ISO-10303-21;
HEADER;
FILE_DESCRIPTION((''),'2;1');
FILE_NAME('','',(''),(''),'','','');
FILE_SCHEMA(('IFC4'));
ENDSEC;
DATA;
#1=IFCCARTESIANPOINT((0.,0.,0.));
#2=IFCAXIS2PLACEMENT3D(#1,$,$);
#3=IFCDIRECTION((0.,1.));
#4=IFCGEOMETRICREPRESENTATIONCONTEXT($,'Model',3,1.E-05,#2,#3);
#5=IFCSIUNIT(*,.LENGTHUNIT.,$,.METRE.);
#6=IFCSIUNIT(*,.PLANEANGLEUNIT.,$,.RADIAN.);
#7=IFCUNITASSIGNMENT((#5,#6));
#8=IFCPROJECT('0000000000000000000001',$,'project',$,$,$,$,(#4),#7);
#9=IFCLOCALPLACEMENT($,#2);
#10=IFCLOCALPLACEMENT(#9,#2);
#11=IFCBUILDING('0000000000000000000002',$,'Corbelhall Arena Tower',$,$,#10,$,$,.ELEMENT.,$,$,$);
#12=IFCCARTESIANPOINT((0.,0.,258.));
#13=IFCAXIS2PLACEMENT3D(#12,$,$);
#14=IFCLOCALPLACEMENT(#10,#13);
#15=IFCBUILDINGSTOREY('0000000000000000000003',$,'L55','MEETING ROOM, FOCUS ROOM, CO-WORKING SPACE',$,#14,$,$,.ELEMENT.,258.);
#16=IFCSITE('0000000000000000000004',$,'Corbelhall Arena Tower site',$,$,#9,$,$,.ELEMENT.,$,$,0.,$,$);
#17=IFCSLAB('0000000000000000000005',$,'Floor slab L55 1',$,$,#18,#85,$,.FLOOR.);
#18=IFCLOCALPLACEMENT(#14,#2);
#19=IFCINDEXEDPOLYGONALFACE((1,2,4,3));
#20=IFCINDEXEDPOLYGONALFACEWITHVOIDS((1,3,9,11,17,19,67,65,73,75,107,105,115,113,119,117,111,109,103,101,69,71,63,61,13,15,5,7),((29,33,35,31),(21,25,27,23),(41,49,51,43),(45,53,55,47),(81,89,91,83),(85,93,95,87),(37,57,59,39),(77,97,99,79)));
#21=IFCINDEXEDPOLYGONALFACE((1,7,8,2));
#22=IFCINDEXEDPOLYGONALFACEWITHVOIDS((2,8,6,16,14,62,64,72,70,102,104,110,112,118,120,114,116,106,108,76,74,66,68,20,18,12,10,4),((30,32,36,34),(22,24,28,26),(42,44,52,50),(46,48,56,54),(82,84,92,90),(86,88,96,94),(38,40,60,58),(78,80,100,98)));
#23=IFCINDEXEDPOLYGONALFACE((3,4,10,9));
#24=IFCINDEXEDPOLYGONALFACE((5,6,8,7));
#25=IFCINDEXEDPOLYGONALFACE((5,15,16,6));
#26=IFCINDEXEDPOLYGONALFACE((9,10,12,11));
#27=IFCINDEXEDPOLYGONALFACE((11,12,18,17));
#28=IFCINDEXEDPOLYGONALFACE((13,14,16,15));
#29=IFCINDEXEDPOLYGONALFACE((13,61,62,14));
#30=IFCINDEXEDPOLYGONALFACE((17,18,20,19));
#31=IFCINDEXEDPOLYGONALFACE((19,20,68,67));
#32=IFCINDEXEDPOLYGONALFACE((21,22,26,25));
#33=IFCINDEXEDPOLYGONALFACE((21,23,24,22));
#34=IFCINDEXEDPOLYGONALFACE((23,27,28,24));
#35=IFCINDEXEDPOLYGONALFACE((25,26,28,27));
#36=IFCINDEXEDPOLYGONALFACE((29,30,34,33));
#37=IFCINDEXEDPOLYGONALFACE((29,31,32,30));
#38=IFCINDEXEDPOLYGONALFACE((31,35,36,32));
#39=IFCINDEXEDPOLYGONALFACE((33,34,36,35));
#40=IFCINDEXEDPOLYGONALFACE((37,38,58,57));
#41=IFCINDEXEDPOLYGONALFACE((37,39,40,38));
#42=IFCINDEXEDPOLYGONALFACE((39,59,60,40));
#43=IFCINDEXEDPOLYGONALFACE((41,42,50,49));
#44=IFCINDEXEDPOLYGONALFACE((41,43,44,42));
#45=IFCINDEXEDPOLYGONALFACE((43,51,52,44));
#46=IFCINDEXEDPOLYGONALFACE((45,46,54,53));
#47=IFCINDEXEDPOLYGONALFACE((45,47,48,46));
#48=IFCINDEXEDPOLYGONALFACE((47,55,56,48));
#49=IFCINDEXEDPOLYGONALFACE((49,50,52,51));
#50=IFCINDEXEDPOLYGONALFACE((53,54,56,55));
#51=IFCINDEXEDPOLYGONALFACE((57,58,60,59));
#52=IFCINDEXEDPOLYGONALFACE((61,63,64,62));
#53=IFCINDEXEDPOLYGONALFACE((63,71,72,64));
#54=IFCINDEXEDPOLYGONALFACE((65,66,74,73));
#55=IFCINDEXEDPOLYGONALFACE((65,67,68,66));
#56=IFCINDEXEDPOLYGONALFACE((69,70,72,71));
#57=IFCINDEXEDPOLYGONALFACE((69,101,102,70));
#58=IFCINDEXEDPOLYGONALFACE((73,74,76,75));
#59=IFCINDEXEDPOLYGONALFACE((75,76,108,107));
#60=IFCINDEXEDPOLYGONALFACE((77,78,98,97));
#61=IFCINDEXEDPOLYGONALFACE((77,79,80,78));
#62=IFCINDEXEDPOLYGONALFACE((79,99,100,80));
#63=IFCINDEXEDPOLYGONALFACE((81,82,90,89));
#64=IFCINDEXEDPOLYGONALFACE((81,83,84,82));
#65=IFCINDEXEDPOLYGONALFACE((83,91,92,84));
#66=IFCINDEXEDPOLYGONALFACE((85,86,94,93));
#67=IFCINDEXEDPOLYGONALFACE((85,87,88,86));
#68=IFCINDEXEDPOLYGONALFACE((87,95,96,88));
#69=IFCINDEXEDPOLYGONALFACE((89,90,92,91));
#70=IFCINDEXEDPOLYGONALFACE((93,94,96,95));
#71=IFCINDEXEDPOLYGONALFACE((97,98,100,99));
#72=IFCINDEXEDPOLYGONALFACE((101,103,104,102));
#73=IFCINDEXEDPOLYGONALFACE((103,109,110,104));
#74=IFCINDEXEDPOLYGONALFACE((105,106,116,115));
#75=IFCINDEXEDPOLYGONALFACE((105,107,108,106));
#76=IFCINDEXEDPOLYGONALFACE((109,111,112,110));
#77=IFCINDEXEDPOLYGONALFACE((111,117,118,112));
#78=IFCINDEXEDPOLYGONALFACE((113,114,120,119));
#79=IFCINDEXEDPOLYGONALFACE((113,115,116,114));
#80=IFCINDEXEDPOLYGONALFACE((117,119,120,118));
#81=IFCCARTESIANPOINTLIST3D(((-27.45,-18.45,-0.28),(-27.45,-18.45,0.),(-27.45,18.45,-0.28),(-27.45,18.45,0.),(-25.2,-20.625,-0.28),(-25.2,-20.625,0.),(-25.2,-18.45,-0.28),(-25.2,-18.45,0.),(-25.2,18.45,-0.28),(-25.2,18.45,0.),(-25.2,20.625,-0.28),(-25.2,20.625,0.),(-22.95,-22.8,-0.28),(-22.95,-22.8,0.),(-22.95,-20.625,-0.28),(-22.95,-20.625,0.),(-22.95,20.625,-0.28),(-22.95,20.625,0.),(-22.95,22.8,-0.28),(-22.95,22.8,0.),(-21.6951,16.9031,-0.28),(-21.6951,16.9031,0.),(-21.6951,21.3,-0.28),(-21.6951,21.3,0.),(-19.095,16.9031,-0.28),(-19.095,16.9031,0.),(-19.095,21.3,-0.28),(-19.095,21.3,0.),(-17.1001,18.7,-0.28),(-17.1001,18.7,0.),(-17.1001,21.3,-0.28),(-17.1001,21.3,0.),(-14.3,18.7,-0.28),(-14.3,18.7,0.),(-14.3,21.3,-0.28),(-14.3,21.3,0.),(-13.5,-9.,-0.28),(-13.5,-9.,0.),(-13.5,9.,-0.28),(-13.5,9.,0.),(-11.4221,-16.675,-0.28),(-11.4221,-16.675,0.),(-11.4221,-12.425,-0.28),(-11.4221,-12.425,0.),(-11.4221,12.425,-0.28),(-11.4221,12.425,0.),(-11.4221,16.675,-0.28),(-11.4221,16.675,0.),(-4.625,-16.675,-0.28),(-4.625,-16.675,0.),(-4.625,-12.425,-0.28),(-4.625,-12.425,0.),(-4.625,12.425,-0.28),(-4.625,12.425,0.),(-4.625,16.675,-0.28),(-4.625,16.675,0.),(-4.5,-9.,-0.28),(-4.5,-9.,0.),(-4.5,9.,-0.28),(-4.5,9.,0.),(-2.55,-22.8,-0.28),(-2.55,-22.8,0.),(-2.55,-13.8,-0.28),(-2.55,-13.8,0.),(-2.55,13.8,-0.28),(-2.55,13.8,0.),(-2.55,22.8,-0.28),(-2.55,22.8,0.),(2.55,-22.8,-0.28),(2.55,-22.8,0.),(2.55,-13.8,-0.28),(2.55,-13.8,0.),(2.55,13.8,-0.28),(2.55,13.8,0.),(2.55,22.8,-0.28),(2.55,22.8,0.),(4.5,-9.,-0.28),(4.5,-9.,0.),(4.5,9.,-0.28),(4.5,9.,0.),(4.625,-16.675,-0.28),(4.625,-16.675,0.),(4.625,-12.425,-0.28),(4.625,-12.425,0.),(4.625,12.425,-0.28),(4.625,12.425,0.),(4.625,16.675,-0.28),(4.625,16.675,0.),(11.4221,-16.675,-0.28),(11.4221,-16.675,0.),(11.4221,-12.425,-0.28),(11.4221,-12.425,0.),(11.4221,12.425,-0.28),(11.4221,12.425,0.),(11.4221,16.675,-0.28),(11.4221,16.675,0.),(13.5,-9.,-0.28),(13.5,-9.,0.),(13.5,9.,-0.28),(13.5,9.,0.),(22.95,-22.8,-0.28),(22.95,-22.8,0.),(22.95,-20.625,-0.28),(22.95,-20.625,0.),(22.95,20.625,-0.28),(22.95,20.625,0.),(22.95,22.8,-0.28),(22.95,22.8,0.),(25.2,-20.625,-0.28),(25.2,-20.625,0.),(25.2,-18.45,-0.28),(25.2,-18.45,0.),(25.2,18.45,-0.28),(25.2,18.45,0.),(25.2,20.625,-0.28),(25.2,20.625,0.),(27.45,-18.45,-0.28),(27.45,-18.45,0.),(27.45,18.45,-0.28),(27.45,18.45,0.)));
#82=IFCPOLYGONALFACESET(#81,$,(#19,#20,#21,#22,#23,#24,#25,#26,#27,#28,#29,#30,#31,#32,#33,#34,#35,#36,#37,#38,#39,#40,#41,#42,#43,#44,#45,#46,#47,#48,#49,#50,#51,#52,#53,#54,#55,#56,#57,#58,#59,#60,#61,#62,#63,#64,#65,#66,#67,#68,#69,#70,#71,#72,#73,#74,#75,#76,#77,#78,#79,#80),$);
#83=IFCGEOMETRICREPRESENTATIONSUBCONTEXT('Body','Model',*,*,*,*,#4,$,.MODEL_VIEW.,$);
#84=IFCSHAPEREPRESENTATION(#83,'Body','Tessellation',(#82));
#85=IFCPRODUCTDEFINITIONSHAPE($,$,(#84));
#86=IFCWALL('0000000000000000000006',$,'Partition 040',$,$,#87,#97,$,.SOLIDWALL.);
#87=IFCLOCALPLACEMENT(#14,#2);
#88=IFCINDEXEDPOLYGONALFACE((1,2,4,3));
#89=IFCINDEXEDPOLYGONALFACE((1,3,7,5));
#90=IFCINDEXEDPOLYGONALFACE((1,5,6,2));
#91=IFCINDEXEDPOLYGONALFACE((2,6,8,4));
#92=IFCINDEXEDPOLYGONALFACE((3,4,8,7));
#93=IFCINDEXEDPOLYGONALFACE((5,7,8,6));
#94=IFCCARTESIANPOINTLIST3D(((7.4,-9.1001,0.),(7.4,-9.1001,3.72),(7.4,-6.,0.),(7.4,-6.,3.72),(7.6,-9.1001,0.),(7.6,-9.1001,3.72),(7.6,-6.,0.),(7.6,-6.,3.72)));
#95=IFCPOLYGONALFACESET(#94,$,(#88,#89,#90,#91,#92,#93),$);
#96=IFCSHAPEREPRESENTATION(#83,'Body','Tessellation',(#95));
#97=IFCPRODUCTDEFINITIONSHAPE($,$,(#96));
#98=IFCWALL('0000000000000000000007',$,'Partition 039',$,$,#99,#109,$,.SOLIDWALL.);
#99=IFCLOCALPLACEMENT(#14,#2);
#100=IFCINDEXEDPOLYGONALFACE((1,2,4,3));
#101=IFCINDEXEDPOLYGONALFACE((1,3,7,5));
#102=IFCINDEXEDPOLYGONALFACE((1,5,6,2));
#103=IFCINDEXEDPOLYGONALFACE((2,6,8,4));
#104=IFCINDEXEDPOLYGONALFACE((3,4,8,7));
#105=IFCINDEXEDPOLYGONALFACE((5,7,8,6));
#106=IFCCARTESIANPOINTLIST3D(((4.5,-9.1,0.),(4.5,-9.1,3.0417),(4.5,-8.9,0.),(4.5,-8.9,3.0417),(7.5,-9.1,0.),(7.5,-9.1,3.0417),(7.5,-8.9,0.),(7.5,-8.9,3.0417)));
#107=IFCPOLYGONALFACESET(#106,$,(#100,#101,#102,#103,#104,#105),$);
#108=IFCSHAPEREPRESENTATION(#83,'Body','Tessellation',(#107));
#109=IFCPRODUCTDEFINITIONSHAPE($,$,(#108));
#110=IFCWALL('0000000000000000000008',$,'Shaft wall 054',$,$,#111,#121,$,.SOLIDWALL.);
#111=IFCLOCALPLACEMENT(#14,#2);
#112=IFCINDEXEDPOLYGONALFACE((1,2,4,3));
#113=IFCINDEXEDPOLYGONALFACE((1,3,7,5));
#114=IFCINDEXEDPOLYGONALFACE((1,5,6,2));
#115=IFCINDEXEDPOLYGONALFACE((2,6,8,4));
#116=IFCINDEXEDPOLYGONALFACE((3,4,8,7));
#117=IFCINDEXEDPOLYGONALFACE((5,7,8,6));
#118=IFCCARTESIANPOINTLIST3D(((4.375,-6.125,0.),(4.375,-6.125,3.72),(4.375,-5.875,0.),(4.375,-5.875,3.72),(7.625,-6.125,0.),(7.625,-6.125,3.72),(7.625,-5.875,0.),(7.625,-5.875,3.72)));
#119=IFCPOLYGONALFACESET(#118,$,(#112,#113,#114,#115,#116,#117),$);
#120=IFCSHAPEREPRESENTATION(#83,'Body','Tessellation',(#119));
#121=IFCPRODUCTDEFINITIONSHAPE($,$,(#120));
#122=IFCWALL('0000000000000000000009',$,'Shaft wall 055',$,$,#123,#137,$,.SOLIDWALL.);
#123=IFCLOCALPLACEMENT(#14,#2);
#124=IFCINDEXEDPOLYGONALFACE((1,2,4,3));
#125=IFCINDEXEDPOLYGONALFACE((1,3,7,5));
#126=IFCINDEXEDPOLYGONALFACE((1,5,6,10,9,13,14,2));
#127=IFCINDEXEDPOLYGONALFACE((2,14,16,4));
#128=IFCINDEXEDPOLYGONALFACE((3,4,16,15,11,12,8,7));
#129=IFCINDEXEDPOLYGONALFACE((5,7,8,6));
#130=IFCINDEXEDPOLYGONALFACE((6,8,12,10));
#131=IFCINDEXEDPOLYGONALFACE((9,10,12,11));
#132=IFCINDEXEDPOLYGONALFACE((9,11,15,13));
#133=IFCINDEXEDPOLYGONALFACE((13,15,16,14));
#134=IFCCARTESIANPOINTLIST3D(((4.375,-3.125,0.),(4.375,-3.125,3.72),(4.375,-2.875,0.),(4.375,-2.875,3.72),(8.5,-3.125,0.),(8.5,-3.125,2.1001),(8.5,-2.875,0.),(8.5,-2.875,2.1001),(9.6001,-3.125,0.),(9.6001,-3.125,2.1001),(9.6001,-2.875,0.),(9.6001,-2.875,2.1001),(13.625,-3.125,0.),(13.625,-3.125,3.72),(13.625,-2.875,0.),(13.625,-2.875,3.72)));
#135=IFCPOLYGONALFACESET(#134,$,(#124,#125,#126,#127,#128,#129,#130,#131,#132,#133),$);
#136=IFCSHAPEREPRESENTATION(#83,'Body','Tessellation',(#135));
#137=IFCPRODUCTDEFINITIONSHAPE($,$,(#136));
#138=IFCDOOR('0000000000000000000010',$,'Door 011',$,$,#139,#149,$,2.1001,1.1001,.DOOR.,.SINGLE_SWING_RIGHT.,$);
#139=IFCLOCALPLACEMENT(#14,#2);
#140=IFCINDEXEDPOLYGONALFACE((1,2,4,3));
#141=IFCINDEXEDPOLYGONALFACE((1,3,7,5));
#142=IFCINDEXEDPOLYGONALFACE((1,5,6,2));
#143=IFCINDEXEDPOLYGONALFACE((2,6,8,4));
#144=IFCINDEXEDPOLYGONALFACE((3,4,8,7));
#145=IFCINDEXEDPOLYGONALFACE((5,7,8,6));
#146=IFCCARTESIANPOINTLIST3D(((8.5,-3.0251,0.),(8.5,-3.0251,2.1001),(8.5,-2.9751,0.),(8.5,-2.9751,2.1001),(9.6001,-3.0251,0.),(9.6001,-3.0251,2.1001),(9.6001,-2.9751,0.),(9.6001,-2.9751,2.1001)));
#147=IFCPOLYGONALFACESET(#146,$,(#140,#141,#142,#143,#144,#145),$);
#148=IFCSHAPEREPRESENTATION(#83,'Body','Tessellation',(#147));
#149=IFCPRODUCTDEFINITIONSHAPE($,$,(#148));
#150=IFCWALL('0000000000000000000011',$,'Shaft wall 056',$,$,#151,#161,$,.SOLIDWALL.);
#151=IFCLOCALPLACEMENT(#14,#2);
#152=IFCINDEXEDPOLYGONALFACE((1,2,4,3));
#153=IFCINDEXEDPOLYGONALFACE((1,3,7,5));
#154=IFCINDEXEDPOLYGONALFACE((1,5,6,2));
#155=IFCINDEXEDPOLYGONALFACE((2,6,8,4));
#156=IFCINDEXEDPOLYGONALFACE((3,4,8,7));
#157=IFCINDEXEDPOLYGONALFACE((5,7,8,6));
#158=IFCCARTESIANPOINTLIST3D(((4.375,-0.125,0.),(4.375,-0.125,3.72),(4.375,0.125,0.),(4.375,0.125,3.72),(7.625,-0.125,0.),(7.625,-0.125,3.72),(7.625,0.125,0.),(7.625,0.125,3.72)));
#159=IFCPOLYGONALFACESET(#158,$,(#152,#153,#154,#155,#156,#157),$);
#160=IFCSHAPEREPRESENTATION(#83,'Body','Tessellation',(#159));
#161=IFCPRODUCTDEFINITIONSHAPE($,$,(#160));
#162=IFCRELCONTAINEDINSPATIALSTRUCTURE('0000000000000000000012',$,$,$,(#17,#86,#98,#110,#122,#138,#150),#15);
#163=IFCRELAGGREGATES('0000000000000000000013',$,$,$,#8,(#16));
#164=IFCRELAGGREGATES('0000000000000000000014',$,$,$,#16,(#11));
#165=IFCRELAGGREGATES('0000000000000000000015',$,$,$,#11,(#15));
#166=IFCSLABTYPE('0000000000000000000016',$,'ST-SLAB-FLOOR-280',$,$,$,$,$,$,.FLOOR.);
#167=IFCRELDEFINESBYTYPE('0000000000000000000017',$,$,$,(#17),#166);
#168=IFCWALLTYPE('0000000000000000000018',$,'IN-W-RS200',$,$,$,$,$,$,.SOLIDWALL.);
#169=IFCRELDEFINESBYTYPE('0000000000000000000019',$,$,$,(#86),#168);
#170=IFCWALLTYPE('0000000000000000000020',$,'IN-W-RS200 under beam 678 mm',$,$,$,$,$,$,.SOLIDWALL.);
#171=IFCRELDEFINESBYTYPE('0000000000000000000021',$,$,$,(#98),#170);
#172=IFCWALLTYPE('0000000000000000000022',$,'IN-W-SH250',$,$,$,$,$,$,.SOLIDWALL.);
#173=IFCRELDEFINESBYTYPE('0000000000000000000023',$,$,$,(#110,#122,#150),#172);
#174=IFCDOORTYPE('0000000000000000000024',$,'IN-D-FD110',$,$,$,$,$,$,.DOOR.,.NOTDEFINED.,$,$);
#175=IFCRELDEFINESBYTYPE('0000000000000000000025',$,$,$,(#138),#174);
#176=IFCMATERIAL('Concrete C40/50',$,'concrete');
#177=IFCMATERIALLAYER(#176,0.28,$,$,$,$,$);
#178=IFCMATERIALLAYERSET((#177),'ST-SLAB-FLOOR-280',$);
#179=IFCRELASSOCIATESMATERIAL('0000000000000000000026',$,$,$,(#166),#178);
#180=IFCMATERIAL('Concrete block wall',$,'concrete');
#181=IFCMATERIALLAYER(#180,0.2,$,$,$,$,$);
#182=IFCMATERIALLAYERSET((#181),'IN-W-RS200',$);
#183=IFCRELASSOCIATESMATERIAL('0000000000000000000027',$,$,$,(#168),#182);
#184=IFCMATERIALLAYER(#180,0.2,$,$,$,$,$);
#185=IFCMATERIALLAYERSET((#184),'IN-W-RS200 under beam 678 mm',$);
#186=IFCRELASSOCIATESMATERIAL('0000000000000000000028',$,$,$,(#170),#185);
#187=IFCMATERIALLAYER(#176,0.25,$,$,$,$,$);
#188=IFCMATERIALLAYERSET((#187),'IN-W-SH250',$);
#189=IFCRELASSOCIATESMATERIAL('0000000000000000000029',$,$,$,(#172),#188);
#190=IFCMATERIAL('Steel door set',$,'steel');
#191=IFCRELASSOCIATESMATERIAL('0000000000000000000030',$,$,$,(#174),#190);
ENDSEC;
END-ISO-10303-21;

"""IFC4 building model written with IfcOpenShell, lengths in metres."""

from ifc_helpers import new_model, si_unit, direction, frame, frame_2d, origin, place, context, subcontext, project, spatial, polyline, rectangle, outline, extrude, material, layer, layer_set, type_object, element, fill, save


model = new_model("IFC4")

# Units and contexts
model_context = context("Model", 3, precision=1e-05, world=origin(), true_north=direction((0.0, 1.0)))
body_context = subcontext(model_context, "Body", "Model", "MODEL_VIEW")
ifc_project = project(units=[si_unit("LENGTHUNIT", "METRE"), si_unit("PLANEANGLEUNIT", "RADIAN")], contexts=[model_context])

# Site, building, storey
site_placement = place(None, origin())
site = spatial("IfcSite", under=ifc_project, at=site_placement, Name="Corbelhall Arena Tower site", CompositionType="ELEMENT", RefElevation=0.0)
building_placement = place(site_placement, origin())
building = spatial("IfcBuilding", under=site, at=building_placement, Name="Corbelhall Arena Tower", CompositionType="ELEMENT")
storey_placement = place(building_placement, frame((0.0, 0.0, 258.0)))
storey = spatial("IfcBuildingStorey", under=building, at=storey_placement, Name="L55", Description="MEETING ROOM, FOCUS ROOM, CO-WORKING SPACE", CompositionType="ELEMENT", Elevation=258.0)

# Shared definitions
ifc_material_1 = material(Name="Concrete C40/50", Category="concrete")

# Slab
ifc_layer_1 = layer(ifc_material_1, 0.28)
ifc_layer_set_1 = layer_set([ifc_layer_1], Name="ST-SLAB-FLOOR-280")
slab_type_1 = type_object("IfcSlabType", Name="ST-SLAB-FLOOR-280", PredefinedType="FLOOR", material=ifc_layer_set_1)
slab_1_placement = place(storey_placement, frame((0.0, 0.0, -0.28)))
element("IfcSlab", 1, at=slab_1_placement, inside=storey, type_object=slab_type_1, Name="Floor slab L55 1", PredefinedType="FLOOR", context=body_context, shape_type="SweptSolid", body=[
    extrude(outline(polyline([(22.95, 22.8), (2.55, 22.8), (2.55, 13.8), (-2.55, 13.8), (-2.55, 22.8), (-22.95, 22.8), (-22.95, 20.625), (-25.2, 20.625), (-25.2, 18.45), (-27.45, 18.45), (-27.45, -18.45), (-25.2, -18.45), (-25.2, -20.625), (-22.95, -20.625), (-22.95, -22.8), (-2.55, -22.8), (-2.55, -13.8), (2.55, -13.8), (2.55, -22.8), (22.95, -22.8), (22.95, -20.625), (25.2, -20.625), (25.2, -18.45), (27.45, -18.45), (27.45, 18.45), (25.2, 18.45), (25.2, 20.625), (22.95, 20.625), (22.95, 22.8)]), holes=[polyline([(-13.5, 9.0), (-13.5, -9.0), (-4.5, -9.0), (-4.5, 9.0), (-13.5, 9.0)]), polyline([(4.5, 9.0), (4.5, -9.0), (13.5, -9.0), (13.5, 9.0), (4.5, 9.0)]), polyline([(-4.625, 16.675), (-11.4221, 16.675), (-11.4221, 12.425), (-4.625, 12.425), (-4.625, 16.675)]), polyline([(-4.625, -16.675), (-4.625, -12.425), (-11.4221, -12.425), (-11.4221, -16.675), (-4.625, -16.675)]), polyline([(11.4221, 16.675), (4.625, 16.675), (4.625, 12.425), (11.4221, 12.425), (11.4221, 16.675)]), polyline([(11.4221, -16.675), (11.4221, -12.425), (4.625, -12.425), (4.625, -16.675), (11.4221, -16.675)]), polyline([(-21.6951, 21.3), (-21.6951, 16.9031), (-19.095, 16.9031), (-19.095, 21.3), (-21.6951, 21.3)]), polyline([(-14.3, 21.3), (-17.1001, 21.3), (-17.1001, 18.7), (-14.3, 18.7), (-14.3, 21.3)])]), origin(), (0.0, 0.0, 1.0), 0.28),
])

# Walls
ifc_material_2 = material(Name="Concrete block wall", Category="concrete")
ifc_layer_2 = layer(ifc_material_2, 0.2)
ifc_layer_set_2 = layer_set([ifc_layer_2], Name="IN-W-RS200")
wall_type_1 = type_object("IfcWallType", Name="IN-W-RS200", PredefinedType="SOLIDWALL", material=ifc_layer_set_2)
wall_1_placement = place(storey_placement, frame((7.5, -6.0, 0.0), z_axis=(0.0, 0.0, 1.0), x_axis=(0.0, -1.0, 0.0)))
element("IfcWall", 2, at=wall_1_placement, inside=storey, type_object=wall_type_1, Name="Partition 040", PredefinedType="SOLIDWALL", context=body_context, shape_type="SweptSolid", body=[
    extrude(rectangle(XDim=3.1001, YDim=0.2, at=frame_2d((1.55, 0.0))), origin(), (0.0, 0.0, 1.0), 3.72),
])
ifc_layer_3 = layer(ifc_material_2, 0.2)
ifc_layer_set_3 = layer_set([ifc_layer_3], Name="IN-W-RS200 under beam 678 mm")
wall_type_2 = type_object("IfcWallType", Name="IN-W-RS200 under beam 678 mm", PredefinedType="SOLIDWALL", material=ifc_layer_set_3)
wall_2_placement = place(storey_placement, frame((7.5, -9.0, 0.0), z_axis=(0.0, 0.0, 1.0), x_axis=(-1.0, 0.0, 0.0)))
element("IfcWall", 3, at=wall_2_placement, inside=storey, type_object=wall_type_2, Name="Partition 039", PredefinedType="SOLIDWALL", context=body_context, shape_type="SweptSolid", body=[
    extrude(rectangle(XDim=3.0, YDim=0.2, at=frame_2d((1.5, 0.0))), origin(), (0.0, 0.0, 1.0), 3.0417),
])
ifc_layer_4 = layer(ifc_material_1, 0.25)
ifc_layer_set_4 = layer_set([ifc_layer_4], Name="IN-W-SH250")
wall_type_3 = type_object("IfcWallType", Name="IN-W-SH250", PredefinedType="SOLIDWALL", material=ifc_layer_set_4)
wall_3_placement = place(storey_placement, frame((4.375, -6.0, 0.0), z_axis=(0.0, 0.0, 1.0), x_axis=(1.0, 0.0, 0.0)))
element("IfcWall", 4, at=wall_3_placement, inside=storey, type_object=wall_type_3, Name="Shaft wall 054", PredefinedType="SOLIDWALL", context=body_context, shape_type="SweptSolid", body=[
    extrude(rectangle(XDim=3.25, YDim=0.25, at=frame_2d((1.625, 0.0))), origin(), (0.0, 0.0, 1.0), 3.72),
])

# Wall, opening, door
wall_4_placement = place(storey_placement, frame((4.375, -3.0, 0.0), z_axis=(0.0, 0.0, 1.0), x_axis=(1.0, 0.0, 0.0)))
wall_4 = element("IfcWall", 5, at=wall_4_placement, inside=storey, type_object=wall_type_3, Name="Shaft wall 055", PredefinedType="SOLIDWALL", context=body_context, shape_type="SweptSolid", body=[
    extrude(rectangle(XDim=9.25, YDim=0.25, at=frame_2d((4.625, 0.0))), origin(), (0.0, 0.0, 1.0), 3.72),
])
opening_1_placement = place(wall_4_placement, frame((4.125, 0.0, 0.0)))
opening_1 = element("IfcOpeningElement", 6, at=opening_1_placement, cuts=wall_4, PredefinedType="OPENING", context=body_context, shape_type="SweptSolid", body=[
    extrude(rectangle(XDim=1.1001, YDim=2.1001, at=frame_2d((0.55, 1.05))), frame((0.0, 0.125, 0.0), z_axis=(0.0, -1.0, 0.0), x_axis=(1.0, 0.0, 0.0)), (0.0, 0.0, 1.0), 0.25),
])
ifc_material_3 = material(Name="Steel door set", Category="steel")
door_type_1 = type_object("IfcDoorType", Name="IN-D-FD110", OperationType="NOTDEFINED", PredefinedType="DOOR", material=ifc_material_3)
door_1_placement = place(opening_1_placement, origin())
door_1 = element("IfcDoor", 7, at=door_1_placement, inside=storey, type_object=door_type_1, Name="Door 011", OperationType="SINGLE_SWING_RIGHT", OverallHeight=2.1001, OverallWidth=1.1001, PredefinedType="DOOR", context=body_context, shape_type="SweptSolid", body=[
    extrude(rectangle(XDim=1.1001, YDim=2.1001, at=frame_2d((0.55, 1.05))), frame((0.0, 0.0249, 0.0), z_axis=(0.0, -1.0, 0.0), x_axis=(1.0, 0.0, 0.0)), (0.0, 0.0, 1.0), 0.05),
])
fill(opening_1, door_1)

# Wall
wall_5_placement = place(storey_placement, frame((4.375, 0.0, 0.0), z_axis=(0.0, 0.0, 1.0), x_axis=(1.0, 0.0, 0.0)))
element("IfcWall", 8, at=wall_5_placement, inside=storey, type_object=wall_type_3, Name="Shaft wall 056", PredefinedType="SOLIDWALL", context=body_context, shape_type="SweptSolid", body=[
    extrude(rectangle(XDim=3.25, YDim=0.25, at=frame_2d((1.625, 0.0))), origin(), (0.0, 0.0, 1.0), 3.72),
])

save(model, "model.ifc")
